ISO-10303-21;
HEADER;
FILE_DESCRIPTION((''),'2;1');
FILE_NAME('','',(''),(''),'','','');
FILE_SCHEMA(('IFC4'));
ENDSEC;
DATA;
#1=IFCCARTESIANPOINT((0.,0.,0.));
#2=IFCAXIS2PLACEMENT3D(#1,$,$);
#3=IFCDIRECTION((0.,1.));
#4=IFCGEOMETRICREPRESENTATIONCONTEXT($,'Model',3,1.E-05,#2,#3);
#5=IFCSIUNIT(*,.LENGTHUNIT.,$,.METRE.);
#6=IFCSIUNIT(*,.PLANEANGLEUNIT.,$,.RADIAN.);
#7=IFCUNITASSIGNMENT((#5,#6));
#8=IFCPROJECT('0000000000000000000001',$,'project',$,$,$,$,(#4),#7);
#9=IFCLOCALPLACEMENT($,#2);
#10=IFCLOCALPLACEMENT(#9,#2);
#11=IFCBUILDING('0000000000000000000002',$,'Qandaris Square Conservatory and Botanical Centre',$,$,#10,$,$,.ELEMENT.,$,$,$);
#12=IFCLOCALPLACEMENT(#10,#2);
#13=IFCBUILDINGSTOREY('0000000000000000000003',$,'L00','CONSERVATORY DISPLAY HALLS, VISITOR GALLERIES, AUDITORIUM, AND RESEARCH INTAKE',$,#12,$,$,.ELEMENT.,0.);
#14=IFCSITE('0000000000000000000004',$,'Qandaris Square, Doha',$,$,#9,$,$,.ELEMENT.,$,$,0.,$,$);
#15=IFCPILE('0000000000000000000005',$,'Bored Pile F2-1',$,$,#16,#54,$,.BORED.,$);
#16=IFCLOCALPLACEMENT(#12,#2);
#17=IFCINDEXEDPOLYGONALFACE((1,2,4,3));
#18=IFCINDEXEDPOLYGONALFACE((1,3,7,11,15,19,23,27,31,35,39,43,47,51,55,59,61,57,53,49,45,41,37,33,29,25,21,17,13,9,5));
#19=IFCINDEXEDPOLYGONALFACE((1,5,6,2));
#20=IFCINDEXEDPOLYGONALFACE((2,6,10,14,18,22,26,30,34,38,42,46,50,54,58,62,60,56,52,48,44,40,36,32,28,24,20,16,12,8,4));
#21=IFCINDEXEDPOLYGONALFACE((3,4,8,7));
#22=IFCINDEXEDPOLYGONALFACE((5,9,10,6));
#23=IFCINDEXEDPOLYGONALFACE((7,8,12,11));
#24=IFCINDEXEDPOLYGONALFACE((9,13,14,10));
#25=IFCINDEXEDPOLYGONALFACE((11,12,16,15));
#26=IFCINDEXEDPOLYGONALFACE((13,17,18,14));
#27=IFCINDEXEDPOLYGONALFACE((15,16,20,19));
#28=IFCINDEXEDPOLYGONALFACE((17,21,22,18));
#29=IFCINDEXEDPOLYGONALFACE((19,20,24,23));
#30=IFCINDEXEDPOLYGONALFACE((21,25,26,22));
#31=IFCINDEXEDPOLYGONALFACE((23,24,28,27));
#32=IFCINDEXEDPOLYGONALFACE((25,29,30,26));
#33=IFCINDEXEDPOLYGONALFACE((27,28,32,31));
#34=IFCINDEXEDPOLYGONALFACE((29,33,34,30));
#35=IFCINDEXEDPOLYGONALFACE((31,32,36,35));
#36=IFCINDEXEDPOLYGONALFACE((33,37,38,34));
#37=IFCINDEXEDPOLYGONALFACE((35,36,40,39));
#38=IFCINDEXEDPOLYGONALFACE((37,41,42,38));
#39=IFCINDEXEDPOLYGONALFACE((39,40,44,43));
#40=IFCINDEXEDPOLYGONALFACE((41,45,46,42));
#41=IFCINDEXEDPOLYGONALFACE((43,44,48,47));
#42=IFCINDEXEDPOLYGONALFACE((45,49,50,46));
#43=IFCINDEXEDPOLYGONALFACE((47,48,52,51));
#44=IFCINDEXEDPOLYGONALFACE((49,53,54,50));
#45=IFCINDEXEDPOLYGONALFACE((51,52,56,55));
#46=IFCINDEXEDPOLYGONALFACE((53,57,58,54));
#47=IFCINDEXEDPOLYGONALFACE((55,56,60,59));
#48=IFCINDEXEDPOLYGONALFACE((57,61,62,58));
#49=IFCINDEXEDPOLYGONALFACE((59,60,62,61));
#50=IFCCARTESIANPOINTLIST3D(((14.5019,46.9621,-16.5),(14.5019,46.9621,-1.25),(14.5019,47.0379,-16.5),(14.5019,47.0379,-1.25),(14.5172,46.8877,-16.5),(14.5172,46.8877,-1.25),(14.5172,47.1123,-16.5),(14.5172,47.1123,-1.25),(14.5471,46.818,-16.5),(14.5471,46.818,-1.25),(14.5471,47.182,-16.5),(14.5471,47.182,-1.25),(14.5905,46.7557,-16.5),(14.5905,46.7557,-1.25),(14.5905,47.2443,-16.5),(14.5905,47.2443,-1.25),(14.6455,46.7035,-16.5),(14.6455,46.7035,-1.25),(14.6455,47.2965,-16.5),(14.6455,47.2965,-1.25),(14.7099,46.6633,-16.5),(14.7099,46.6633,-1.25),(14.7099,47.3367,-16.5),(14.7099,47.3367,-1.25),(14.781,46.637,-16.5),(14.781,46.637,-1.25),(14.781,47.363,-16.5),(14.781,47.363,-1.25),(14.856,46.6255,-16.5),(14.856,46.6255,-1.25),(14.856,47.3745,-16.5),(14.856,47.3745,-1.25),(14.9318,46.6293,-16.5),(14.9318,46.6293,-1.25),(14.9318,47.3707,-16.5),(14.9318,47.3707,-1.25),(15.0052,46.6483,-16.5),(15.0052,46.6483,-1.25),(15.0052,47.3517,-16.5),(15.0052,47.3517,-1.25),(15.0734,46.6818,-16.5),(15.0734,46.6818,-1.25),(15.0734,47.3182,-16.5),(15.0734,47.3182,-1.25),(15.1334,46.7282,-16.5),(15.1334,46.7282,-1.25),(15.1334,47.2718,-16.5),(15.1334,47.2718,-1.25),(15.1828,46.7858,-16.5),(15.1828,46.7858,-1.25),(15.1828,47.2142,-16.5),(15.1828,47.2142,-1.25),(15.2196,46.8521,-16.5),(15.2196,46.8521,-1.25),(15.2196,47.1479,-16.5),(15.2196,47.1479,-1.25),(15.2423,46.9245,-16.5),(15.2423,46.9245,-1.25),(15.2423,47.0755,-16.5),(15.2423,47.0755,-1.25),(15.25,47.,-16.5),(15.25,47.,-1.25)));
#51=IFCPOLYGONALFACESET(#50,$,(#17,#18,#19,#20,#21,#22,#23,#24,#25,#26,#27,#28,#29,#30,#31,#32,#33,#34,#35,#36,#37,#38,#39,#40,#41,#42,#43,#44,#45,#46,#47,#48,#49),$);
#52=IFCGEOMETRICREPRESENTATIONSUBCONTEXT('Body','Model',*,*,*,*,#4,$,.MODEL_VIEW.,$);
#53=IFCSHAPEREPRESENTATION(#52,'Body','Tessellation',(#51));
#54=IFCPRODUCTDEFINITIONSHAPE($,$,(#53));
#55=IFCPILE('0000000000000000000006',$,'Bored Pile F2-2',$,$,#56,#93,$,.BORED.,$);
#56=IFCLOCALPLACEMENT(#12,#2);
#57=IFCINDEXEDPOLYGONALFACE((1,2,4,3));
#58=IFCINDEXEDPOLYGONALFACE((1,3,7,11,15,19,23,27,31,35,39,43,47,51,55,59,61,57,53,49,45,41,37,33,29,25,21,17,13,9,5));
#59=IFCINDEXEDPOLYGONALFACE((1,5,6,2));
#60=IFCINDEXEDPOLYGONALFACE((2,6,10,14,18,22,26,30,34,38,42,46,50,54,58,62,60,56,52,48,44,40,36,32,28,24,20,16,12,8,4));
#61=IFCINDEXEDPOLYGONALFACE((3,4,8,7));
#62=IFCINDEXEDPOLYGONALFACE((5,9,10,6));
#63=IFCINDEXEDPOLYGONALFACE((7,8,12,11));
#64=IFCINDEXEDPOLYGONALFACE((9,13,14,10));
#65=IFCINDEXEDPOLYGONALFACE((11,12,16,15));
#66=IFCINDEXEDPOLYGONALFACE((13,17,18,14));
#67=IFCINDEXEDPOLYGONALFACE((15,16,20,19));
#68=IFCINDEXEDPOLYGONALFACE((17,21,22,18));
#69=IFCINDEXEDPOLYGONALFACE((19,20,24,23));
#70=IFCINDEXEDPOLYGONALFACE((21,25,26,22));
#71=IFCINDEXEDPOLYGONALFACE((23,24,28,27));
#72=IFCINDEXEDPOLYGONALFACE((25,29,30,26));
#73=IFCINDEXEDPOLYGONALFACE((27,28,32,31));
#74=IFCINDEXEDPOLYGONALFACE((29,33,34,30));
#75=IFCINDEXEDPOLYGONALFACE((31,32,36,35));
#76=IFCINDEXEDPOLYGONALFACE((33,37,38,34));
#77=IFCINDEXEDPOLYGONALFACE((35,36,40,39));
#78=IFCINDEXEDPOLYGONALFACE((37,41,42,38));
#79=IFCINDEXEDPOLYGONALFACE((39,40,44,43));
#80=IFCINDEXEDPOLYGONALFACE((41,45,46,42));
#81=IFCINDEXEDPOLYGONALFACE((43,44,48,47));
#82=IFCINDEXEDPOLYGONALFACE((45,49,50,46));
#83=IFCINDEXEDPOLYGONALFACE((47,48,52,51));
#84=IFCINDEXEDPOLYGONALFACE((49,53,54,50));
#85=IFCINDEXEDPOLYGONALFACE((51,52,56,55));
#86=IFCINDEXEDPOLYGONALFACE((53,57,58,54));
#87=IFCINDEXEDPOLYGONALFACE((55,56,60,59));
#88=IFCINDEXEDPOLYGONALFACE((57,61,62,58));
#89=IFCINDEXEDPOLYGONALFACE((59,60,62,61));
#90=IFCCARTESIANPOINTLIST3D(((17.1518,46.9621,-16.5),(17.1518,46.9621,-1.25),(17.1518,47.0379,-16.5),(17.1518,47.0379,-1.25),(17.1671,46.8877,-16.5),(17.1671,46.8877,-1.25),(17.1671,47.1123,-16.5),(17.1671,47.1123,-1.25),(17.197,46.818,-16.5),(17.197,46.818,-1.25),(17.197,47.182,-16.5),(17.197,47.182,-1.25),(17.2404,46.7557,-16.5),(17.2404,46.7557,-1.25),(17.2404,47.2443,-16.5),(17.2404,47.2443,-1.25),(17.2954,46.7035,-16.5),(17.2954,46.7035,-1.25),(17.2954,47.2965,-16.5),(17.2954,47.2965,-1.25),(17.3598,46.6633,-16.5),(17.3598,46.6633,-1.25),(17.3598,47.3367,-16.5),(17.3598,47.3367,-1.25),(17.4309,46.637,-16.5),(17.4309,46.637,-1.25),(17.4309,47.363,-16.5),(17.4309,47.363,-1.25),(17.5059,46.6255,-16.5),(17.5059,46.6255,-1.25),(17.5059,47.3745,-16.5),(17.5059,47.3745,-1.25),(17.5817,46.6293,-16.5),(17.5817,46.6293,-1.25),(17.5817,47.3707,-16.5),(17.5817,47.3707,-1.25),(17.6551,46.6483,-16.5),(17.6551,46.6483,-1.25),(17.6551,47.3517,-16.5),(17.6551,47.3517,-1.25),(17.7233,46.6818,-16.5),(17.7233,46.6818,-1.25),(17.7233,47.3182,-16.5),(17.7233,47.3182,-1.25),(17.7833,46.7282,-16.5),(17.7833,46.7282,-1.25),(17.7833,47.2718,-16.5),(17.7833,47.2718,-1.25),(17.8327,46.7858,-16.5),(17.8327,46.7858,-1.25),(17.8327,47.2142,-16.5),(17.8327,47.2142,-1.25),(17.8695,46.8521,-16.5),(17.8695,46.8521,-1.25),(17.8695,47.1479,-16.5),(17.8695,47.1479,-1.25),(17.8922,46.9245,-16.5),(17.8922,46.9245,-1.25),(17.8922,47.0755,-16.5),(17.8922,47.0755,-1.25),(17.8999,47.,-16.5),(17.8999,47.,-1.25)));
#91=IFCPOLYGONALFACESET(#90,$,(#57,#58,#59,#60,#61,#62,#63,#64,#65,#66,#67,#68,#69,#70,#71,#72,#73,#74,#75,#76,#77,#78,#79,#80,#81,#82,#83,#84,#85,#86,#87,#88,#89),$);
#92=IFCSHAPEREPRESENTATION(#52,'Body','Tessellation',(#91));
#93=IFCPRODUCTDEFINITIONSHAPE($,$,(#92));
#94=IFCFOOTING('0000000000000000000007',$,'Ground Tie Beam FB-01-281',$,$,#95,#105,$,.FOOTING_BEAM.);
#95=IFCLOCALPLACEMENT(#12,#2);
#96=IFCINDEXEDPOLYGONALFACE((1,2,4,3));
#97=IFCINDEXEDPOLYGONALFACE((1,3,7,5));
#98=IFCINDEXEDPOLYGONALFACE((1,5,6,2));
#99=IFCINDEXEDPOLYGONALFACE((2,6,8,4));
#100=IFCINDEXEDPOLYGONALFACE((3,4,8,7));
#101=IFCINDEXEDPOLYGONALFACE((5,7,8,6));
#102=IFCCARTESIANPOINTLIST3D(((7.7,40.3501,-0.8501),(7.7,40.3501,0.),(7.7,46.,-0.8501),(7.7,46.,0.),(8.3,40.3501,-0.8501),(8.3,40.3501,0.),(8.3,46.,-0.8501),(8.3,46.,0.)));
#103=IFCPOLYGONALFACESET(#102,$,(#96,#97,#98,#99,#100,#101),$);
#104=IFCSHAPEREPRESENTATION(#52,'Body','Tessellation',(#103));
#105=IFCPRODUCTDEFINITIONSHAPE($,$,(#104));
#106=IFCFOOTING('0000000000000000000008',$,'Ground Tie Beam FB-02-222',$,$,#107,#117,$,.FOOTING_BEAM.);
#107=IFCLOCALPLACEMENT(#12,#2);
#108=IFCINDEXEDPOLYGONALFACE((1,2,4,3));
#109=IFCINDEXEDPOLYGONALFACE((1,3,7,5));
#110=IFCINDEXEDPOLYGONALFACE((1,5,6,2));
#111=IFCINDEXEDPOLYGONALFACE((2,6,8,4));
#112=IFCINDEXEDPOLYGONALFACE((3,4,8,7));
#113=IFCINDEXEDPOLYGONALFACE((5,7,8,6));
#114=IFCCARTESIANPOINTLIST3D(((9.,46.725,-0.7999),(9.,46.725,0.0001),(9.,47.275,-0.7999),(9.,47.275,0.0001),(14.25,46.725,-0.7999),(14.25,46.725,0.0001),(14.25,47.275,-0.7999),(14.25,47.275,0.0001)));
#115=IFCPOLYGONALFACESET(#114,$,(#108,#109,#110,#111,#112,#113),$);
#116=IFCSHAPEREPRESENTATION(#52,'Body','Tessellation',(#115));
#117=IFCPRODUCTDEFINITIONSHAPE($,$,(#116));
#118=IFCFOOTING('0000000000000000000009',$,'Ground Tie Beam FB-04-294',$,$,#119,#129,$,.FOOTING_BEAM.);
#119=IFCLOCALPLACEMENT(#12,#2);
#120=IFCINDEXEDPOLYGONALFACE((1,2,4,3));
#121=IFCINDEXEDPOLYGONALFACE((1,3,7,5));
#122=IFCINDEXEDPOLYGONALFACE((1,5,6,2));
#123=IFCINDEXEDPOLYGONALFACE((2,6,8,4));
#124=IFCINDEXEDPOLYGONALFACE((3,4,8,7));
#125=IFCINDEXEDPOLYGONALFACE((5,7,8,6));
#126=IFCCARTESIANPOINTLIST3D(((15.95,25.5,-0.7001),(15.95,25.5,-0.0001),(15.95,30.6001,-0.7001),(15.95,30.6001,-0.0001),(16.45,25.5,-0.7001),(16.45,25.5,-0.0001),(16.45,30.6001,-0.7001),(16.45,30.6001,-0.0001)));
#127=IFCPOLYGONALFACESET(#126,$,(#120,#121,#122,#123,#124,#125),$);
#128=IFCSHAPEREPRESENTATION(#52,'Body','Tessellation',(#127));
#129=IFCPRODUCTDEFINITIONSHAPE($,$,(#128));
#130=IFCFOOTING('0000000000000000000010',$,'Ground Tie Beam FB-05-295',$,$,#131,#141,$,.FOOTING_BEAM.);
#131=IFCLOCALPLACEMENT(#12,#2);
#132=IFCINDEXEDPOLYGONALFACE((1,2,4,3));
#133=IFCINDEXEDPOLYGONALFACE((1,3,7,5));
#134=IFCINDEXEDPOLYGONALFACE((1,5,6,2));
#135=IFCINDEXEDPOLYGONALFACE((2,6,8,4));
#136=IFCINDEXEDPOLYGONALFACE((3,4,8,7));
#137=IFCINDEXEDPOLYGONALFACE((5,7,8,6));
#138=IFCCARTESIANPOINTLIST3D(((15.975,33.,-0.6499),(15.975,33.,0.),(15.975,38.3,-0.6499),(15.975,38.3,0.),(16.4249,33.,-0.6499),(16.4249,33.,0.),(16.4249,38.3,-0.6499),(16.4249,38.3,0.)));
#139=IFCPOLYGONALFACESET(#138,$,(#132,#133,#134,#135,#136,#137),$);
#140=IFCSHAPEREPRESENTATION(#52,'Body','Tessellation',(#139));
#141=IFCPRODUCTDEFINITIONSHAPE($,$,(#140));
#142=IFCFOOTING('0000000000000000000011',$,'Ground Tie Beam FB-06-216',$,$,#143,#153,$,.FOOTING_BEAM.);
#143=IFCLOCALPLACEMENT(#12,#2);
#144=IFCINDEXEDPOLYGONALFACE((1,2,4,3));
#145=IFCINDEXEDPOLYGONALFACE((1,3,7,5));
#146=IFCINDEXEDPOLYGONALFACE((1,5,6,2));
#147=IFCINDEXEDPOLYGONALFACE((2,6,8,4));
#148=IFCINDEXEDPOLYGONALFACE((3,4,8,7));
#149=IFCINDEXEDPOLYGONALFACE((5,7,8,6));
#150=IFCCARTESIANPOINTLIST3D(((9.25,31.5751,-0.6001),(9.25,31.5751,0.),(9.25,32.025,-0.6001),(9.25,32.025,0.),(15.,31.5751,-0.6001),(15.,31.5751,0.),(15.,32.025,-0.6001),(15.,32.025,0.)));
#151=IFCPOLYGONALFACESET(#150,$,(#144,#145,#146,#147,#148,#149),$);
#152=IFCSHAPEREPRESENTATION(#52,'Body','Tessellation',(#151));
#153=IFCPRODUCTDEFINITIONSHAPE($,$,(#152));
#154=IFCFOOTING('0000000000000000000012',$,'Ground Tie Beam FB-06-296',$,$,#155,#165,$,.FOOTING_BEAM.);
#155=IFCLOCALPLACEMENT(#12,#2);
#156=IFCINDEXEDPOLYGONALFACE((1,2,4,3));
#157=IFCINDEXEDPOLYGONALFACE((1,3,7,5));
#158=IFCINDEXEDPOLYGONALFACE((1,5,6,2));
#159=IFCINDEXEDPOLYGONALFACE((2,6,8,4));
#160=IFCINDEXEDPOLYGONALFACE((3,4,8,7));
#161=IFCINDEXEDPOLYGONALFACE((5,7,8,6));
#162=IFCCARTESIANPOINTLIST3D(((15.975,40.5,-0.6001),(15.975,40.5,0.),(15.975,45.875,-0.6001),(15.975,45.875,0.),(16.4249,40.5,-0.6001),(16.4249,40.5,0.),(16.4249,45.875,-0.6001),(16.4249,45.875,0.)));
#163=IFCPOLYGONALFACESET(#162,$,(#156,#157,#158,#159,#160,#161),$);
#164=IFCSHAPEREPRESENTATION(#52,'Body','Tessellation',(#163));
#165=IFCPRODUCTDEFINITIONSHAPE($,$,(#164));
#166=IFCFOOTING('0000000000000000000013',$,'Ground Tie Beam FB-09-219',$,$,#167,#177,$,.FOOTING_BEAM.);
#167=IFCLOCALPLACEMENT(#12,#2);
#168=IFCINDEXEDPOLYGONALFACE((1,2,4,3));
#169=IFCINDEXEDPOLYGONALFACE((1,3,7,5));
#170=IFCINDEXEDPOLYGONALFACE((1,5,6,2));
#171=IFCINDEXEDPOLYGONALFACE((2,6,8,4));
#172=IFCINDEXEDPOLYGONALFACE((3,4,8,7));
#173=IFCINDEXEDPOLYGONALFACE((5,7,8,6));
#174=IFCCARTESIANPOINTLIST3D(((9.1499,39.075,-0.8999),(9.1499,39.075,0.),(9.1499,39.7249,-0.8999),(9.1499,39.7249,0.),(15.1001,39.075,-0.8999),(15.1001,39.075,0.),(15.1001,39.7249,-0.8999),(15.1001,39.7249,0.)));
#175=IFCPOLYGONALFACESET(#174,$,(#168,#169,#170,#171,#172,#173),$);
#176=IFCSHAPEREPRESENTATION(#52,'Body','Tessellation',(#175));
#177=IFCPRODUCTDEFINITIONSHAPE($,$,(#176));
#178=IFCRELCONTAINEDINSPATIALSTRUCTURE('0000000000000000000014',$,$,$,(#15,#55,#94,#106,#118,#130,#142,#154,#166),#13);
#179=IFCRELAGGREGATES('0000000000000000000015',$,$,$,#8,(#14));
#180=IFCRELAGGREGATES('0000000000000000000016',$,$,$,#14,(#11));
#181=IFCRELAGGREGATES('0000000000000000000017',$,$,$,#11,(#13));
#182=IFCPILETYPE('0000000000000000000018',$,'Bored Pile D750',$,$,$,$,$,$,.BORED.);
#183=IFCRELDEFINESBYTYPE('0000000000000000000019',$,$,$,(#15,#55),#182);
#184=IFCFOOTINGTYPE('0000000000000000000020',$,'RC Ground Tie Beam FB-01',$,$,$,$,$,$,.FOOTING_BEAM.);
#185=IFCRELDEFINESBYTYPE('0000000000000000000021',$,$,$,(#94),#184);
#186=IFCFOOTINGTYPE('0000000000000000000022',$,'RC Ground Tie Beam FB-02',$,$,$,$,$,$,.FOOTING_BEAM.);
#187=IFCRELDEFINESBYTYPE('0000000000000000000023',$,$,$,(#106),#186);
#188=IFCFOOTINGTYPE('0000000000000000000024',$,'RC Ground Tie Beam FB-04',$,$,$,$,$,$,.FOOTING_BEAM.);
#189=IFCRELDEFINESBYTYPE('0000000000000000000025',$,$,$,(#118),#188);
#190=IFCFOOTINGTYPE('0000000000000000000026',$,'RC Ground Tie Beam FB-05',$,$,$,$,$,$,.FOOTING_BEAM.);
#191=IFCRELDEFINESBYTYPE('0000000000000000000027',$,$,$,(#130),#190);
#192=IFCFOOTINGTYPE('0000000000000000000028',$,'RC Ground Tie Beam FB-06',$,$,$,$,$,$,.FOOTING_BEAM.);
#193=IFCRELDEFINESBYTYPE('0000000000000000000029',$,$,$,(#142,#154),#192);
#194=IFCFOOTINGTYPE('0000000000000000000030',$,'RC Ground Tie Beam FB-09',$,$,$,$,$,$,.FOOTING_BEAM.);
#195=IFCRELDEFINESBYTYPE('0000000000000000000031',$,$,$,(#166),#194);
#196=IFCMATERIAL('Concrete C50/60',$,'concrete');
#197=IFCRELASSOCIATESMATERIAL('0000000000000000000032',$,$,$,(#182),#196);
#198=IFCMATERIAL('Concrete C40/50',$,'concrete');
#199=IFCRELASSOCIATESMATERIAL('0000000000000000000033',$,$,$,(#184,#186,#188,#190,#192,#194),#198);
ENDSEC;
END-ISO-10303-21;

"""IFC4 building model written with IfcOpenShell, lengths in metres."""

from ifc_helpers import new_model, si_unit, direction, frame, origin, origin_2d, place, context, subcontext, project, spatial, rectangle, circle, extrude, material, material_profile, profile_set, type_object, element, save


model = new_model("IFC4")

# Units and contexts
model_context = context("Model", 3, precision=1e-05, world=origin(), true_north=direction((0.0, 1.0)))
body_context = subcontext(model_context, "Body", "Model", "MODEL_VIEW")
ifc_project = project(units=[si_unit("LENGTHUNIT", "METRE"), si_unit("PLANEANGLEUNIT", "RADIAN")], contexts=[model_context])

# Site, building, storey
site_placement = place(None, origin())
site = spatial("IfcSite", under=ifc_project, at=site_placement, Name="Qandaris Square, Doha", CompositionType="ELEMENT", RefElevation=0.0)
building_placement = place(site_placement, origin())
building = spatial("IfcBuilding", under=site, at=building_placement, Name="Qandaris Square Conservatory and Botanical Centre", CompositionType="ELEMENT")
storey_placement = place(building_placement, origin())
storey = spatial("IfcBuildingStorey", under=building, at=storey_placement, Name="L00", Description="CONSERVATORY DISPLAY HALLS, VISITOR GALLERIES, AUDITORIUM, AND RESEARCH INTAKE", CompositionType="ELEMENT", Elevation=0.0)

# Piles
ifc_material_1 = material(Name="Concrete C50/60", Category="concrete")
ifc_material_profile_1 = material_profile(ifc_material_1, circle(Radius=0.375, at=origin_2d()), Name="PILE D750")
ifc_profile_set_1 = profile_set([ifc_material_profile_1], Name="Concrete C50/60")
pile_type = type_object("IfcPileType", Name="Bored Pile D750", PredefinedType="BORED", material=ifc_profile_set_1)
for number, where, z_axis, x_axis, name in (
    (1, (14.875, 47.0, -1.25), (0.0, 0.0, -1.0), (1.0, 0.0, 0.0), "Bored Pile F2-1"),
    (2, (17.5249, 47.0, -1.25), (0.0, 0.0, -1.0), (1.0, 0.0, 0.0), "Bored Pile F2-2"),
):
    element("IfcPile", number, at=place(storey_placement, frame(where, z_axis=z_axis, x_axis=x_axis)), inside=storey, type_object=pile_type, Name=name, PredefinedType="BORED", context=body_context, shape_type="SweptSolid", body=[
        extrude(circle(Radius=0.375, at=origin_2d()), origin(), (0.0, 0.0, 1.0), 15.25),
    ])

# Footings
ifc_material_2 = material(Name="Concrete C40/50", Category="concrete")
ifc_material_profile_2 = material_profile(ifc_material_2, rectangle(XDim=0.6001, YDim=0.8501, at=origin_2d()), Name="FB 600x850")
ifc_profile_set_2 = profile_set([ifc_material_profile_2], Name="Concrete C40/50")
footing_type_1 = type_object("IfcFootingType", Name="RC Ground Tie Beam FB-01", PredefinedType="FOOTING_BEAM", material=ifc_profile_set_2)
footing_1_placement = place(storey_placement, frame((8.0, 40.3501, -0.425), z_axis=(0.0, 1.0, 0.0), x_axis=(-1.0, 0.0, 0.0)))
element("IfcFooting", 3, at=footing_1_placement, inside=storey, type_object=footing_type_1, Name="Ground Tie Beam FB-01-281", PredefinedType="FOOTING_BEAM", context=body_context, shape_type="SweptSolid", body=[
    extrude(rectangle(XDim=0.6001, YDim=0.8501, at=origin_2d()), origin(), (0.0, 0.0, 1.0), 5.6499),
])
ifc_material_profile_3 = material_profile(ifc_material_2, rectangle(XDim=0.55, YDim=0.8, at=origin_2d()), Name="FB 550x800")
ifc_profile_set_3 = profile_set([ifc_material_profile_3], Name="Concrete C40/50")
footing_type_2 = type_object("IfcFootingType", Name="RC Ground Tie Beam FB-02", PredefinedType="FOOTING_BEAM", material=ifc_profile_set_3)
footing_2_placement = place(storey_placement, frame((9.0, 47.0, -0.3999), z_axis=(1.0, 0.0, 0.0), x_axis=(0.0, 1.0, 0.0)))
element("IfcFooting", 4, at=footing_2_placement, inside=storey, type_object=footing_type_2, Name="Ground Tie Beam FB-02-222", PredefinedType="FOOTING_BEAM", context=body_context, shape_type="SweptSolid", body=[
    extrude(rectangle(XDim=0.55, YDim=0.8, at=origin_2d()), origin(), (0.0, 0.0, 1.0), 5.25),
])
ifc_material_profile_4 = material_profile(ifc_material_2, rectangle(XDim=0.5, YDim=0.7, at=origin_2d()), Name="FB 500x700")
ifc_profile_set_4 = profile_set([ifc_material_profile_4], Name="Concrete C40/50")
footing_type_3 = type_object("IfcFootingType", Name="RC Ground Tie Beam FB-04", PredefinedType="FOOTING_BEAM", material=ifc_profile_set_4)
footing_3_placement = place(storey_placement, frame((16.2, 25.5, -0.3501), z_axis=(0.0, 1.0, 0.0), x_axis=(-1.0, 0.0, 0.0)))
element("IfcFooting", 5, at=footing_3_placement, inside=storey, type_object=footing_type_3, Name="Ground Tie Beam FB-04-294", PredefinedType="FOOTING_BEAM", context=body_context, shape_type="SweptSolid", body=[
    extrude(rectangle(XDim=0.5, YDim=0.7, at=origin_2d()), origin(), (0.0, 0.0, 1.0), 5.1001),
])
ifc_material_profile_5 = material_profile(ifc_material_2, rectangle(XDim=0.45, YDim=0.6499, at=origin_2d()), Name="FB 450x650")
ifc_profile_set_5 = profile_set([ifc_material_profile_5], Name="Concrete C40/50")
footing_type_4 = type_object("IfcFootingType", Name="RC Ground Tie Beam FB-05", PredefinedType="FOOTING_BEAM", material=ifc_profile_set_5)
footing_4_placement = place(storey_placement, frame((16.2, 33.0, -0.325), z_axis=(0.0, 1.0, 0.0), x_axis=(-1.0, 0.0, 0.0)))
element("IfcFooting", 6, at=footing_4_placement, inside=storey, type_object=footing_type_4, Name="Ground Tie Beam FB-05-295", PredefinedType="FOOTING_BEAM", context=body_context, shape_type="SweptSolid", body=[
    extrude(rectangle(XDim=0.45, YDim=0.6499, at=origin_2d()), origin(), (0.0, 0.0, 1.0), 5.3),
])
ifc_material_profile_6 = material_profile(ifc_material_2, rectangle(XDim=0.45, YDim=0.6001, at=origin_2d()), Name="FB 450x600")
ifc_profile_set_6 = profile_set([ifc_material_profile_6], Name="Concrete C40/50")
footing_type_5 = type_object("IfcFootingType", Name="RC Ground Tie Beam FB-06", PredefinedType="FOOTING_BEAM", material=ifc_profile_set_6)
footing_5_placement = place(storey_placement, frame((9.25, 31.8, -0.3), z_axis=(1.0, 0.0, 0.0), x_axis=(0.0, 1.0, 0.0)))
element("IfcFooting", 7, at=footing_5_placement, inside=storey, type_object=footing_type_5, Name="Ground Tie Beam FB-06-216", PredefinedType="FOOTING_BEAM", context=body_context, shape_type="SweptSolid", body=[
    extrude(rectangle(XDim=0.45, YDim=0.6001, at=origin_2d()), origin(), (0.0, 0.0, 1.0), 5.75),
])
footing_6_placement = place(storey_placement, frame((16.2, 40.5, -0.3), z_axis=(0.0, 1.0, 0.0), x_axis=(-1.0, 0.0, 0.0)))
element("IfcFooting", 8, at=footing_6_placement, inside=storey, type_object=footing_type_5, Name="Ground Tie Beam FB-06-296", PredefinedType="FOOTING_BEAM", context=body_context, shape_type="SweptSolid", body=[
    extrude(rectangle(XDim=0.45, YDim=0.6001, at=origin_2d()), origin(), (0.0, 0.0, 1.0), 5.375),
])
ifc_material_profile_7 = material_profile(ifc_material_2, rectangle(XDim=0.6499, YDim=0.8999, at=origin_2d()), Name="FB 650x900")
ifc_profile_set_7 = profile_set([ifc_material_profile_7], Name="Concrete C40/50")
footing_type_6 = type_object("IfcFootingType", Name="RC Ground Tie Beam FB-09", PredefinedType="FOOTING_BEAM", material=ifc_profile_set_7)
footing_7_placement = place(storey_placement, frame((9.1499, 39.3999, -0.45), z_axis=(1.0, 0.0, 0.0), x_axis=(0.0, 1.0, 0.0)))
element("IfcFooting", 9, at=footing_7_placement, inside=storey, type_object=footing_type_6, Name="Ground Tie Beam FB-09-219", PredefinedType="FOOTING_BEAM", context=body_context, shape_type="SweptSolid", body=[
    extrude(rectangle(XDim=0.6499, YDim=0.8999, at=origin_2d()), origin(), (0.0, 0.0, 1.0), 5.9502),
])

save(model, "model.ifc")
